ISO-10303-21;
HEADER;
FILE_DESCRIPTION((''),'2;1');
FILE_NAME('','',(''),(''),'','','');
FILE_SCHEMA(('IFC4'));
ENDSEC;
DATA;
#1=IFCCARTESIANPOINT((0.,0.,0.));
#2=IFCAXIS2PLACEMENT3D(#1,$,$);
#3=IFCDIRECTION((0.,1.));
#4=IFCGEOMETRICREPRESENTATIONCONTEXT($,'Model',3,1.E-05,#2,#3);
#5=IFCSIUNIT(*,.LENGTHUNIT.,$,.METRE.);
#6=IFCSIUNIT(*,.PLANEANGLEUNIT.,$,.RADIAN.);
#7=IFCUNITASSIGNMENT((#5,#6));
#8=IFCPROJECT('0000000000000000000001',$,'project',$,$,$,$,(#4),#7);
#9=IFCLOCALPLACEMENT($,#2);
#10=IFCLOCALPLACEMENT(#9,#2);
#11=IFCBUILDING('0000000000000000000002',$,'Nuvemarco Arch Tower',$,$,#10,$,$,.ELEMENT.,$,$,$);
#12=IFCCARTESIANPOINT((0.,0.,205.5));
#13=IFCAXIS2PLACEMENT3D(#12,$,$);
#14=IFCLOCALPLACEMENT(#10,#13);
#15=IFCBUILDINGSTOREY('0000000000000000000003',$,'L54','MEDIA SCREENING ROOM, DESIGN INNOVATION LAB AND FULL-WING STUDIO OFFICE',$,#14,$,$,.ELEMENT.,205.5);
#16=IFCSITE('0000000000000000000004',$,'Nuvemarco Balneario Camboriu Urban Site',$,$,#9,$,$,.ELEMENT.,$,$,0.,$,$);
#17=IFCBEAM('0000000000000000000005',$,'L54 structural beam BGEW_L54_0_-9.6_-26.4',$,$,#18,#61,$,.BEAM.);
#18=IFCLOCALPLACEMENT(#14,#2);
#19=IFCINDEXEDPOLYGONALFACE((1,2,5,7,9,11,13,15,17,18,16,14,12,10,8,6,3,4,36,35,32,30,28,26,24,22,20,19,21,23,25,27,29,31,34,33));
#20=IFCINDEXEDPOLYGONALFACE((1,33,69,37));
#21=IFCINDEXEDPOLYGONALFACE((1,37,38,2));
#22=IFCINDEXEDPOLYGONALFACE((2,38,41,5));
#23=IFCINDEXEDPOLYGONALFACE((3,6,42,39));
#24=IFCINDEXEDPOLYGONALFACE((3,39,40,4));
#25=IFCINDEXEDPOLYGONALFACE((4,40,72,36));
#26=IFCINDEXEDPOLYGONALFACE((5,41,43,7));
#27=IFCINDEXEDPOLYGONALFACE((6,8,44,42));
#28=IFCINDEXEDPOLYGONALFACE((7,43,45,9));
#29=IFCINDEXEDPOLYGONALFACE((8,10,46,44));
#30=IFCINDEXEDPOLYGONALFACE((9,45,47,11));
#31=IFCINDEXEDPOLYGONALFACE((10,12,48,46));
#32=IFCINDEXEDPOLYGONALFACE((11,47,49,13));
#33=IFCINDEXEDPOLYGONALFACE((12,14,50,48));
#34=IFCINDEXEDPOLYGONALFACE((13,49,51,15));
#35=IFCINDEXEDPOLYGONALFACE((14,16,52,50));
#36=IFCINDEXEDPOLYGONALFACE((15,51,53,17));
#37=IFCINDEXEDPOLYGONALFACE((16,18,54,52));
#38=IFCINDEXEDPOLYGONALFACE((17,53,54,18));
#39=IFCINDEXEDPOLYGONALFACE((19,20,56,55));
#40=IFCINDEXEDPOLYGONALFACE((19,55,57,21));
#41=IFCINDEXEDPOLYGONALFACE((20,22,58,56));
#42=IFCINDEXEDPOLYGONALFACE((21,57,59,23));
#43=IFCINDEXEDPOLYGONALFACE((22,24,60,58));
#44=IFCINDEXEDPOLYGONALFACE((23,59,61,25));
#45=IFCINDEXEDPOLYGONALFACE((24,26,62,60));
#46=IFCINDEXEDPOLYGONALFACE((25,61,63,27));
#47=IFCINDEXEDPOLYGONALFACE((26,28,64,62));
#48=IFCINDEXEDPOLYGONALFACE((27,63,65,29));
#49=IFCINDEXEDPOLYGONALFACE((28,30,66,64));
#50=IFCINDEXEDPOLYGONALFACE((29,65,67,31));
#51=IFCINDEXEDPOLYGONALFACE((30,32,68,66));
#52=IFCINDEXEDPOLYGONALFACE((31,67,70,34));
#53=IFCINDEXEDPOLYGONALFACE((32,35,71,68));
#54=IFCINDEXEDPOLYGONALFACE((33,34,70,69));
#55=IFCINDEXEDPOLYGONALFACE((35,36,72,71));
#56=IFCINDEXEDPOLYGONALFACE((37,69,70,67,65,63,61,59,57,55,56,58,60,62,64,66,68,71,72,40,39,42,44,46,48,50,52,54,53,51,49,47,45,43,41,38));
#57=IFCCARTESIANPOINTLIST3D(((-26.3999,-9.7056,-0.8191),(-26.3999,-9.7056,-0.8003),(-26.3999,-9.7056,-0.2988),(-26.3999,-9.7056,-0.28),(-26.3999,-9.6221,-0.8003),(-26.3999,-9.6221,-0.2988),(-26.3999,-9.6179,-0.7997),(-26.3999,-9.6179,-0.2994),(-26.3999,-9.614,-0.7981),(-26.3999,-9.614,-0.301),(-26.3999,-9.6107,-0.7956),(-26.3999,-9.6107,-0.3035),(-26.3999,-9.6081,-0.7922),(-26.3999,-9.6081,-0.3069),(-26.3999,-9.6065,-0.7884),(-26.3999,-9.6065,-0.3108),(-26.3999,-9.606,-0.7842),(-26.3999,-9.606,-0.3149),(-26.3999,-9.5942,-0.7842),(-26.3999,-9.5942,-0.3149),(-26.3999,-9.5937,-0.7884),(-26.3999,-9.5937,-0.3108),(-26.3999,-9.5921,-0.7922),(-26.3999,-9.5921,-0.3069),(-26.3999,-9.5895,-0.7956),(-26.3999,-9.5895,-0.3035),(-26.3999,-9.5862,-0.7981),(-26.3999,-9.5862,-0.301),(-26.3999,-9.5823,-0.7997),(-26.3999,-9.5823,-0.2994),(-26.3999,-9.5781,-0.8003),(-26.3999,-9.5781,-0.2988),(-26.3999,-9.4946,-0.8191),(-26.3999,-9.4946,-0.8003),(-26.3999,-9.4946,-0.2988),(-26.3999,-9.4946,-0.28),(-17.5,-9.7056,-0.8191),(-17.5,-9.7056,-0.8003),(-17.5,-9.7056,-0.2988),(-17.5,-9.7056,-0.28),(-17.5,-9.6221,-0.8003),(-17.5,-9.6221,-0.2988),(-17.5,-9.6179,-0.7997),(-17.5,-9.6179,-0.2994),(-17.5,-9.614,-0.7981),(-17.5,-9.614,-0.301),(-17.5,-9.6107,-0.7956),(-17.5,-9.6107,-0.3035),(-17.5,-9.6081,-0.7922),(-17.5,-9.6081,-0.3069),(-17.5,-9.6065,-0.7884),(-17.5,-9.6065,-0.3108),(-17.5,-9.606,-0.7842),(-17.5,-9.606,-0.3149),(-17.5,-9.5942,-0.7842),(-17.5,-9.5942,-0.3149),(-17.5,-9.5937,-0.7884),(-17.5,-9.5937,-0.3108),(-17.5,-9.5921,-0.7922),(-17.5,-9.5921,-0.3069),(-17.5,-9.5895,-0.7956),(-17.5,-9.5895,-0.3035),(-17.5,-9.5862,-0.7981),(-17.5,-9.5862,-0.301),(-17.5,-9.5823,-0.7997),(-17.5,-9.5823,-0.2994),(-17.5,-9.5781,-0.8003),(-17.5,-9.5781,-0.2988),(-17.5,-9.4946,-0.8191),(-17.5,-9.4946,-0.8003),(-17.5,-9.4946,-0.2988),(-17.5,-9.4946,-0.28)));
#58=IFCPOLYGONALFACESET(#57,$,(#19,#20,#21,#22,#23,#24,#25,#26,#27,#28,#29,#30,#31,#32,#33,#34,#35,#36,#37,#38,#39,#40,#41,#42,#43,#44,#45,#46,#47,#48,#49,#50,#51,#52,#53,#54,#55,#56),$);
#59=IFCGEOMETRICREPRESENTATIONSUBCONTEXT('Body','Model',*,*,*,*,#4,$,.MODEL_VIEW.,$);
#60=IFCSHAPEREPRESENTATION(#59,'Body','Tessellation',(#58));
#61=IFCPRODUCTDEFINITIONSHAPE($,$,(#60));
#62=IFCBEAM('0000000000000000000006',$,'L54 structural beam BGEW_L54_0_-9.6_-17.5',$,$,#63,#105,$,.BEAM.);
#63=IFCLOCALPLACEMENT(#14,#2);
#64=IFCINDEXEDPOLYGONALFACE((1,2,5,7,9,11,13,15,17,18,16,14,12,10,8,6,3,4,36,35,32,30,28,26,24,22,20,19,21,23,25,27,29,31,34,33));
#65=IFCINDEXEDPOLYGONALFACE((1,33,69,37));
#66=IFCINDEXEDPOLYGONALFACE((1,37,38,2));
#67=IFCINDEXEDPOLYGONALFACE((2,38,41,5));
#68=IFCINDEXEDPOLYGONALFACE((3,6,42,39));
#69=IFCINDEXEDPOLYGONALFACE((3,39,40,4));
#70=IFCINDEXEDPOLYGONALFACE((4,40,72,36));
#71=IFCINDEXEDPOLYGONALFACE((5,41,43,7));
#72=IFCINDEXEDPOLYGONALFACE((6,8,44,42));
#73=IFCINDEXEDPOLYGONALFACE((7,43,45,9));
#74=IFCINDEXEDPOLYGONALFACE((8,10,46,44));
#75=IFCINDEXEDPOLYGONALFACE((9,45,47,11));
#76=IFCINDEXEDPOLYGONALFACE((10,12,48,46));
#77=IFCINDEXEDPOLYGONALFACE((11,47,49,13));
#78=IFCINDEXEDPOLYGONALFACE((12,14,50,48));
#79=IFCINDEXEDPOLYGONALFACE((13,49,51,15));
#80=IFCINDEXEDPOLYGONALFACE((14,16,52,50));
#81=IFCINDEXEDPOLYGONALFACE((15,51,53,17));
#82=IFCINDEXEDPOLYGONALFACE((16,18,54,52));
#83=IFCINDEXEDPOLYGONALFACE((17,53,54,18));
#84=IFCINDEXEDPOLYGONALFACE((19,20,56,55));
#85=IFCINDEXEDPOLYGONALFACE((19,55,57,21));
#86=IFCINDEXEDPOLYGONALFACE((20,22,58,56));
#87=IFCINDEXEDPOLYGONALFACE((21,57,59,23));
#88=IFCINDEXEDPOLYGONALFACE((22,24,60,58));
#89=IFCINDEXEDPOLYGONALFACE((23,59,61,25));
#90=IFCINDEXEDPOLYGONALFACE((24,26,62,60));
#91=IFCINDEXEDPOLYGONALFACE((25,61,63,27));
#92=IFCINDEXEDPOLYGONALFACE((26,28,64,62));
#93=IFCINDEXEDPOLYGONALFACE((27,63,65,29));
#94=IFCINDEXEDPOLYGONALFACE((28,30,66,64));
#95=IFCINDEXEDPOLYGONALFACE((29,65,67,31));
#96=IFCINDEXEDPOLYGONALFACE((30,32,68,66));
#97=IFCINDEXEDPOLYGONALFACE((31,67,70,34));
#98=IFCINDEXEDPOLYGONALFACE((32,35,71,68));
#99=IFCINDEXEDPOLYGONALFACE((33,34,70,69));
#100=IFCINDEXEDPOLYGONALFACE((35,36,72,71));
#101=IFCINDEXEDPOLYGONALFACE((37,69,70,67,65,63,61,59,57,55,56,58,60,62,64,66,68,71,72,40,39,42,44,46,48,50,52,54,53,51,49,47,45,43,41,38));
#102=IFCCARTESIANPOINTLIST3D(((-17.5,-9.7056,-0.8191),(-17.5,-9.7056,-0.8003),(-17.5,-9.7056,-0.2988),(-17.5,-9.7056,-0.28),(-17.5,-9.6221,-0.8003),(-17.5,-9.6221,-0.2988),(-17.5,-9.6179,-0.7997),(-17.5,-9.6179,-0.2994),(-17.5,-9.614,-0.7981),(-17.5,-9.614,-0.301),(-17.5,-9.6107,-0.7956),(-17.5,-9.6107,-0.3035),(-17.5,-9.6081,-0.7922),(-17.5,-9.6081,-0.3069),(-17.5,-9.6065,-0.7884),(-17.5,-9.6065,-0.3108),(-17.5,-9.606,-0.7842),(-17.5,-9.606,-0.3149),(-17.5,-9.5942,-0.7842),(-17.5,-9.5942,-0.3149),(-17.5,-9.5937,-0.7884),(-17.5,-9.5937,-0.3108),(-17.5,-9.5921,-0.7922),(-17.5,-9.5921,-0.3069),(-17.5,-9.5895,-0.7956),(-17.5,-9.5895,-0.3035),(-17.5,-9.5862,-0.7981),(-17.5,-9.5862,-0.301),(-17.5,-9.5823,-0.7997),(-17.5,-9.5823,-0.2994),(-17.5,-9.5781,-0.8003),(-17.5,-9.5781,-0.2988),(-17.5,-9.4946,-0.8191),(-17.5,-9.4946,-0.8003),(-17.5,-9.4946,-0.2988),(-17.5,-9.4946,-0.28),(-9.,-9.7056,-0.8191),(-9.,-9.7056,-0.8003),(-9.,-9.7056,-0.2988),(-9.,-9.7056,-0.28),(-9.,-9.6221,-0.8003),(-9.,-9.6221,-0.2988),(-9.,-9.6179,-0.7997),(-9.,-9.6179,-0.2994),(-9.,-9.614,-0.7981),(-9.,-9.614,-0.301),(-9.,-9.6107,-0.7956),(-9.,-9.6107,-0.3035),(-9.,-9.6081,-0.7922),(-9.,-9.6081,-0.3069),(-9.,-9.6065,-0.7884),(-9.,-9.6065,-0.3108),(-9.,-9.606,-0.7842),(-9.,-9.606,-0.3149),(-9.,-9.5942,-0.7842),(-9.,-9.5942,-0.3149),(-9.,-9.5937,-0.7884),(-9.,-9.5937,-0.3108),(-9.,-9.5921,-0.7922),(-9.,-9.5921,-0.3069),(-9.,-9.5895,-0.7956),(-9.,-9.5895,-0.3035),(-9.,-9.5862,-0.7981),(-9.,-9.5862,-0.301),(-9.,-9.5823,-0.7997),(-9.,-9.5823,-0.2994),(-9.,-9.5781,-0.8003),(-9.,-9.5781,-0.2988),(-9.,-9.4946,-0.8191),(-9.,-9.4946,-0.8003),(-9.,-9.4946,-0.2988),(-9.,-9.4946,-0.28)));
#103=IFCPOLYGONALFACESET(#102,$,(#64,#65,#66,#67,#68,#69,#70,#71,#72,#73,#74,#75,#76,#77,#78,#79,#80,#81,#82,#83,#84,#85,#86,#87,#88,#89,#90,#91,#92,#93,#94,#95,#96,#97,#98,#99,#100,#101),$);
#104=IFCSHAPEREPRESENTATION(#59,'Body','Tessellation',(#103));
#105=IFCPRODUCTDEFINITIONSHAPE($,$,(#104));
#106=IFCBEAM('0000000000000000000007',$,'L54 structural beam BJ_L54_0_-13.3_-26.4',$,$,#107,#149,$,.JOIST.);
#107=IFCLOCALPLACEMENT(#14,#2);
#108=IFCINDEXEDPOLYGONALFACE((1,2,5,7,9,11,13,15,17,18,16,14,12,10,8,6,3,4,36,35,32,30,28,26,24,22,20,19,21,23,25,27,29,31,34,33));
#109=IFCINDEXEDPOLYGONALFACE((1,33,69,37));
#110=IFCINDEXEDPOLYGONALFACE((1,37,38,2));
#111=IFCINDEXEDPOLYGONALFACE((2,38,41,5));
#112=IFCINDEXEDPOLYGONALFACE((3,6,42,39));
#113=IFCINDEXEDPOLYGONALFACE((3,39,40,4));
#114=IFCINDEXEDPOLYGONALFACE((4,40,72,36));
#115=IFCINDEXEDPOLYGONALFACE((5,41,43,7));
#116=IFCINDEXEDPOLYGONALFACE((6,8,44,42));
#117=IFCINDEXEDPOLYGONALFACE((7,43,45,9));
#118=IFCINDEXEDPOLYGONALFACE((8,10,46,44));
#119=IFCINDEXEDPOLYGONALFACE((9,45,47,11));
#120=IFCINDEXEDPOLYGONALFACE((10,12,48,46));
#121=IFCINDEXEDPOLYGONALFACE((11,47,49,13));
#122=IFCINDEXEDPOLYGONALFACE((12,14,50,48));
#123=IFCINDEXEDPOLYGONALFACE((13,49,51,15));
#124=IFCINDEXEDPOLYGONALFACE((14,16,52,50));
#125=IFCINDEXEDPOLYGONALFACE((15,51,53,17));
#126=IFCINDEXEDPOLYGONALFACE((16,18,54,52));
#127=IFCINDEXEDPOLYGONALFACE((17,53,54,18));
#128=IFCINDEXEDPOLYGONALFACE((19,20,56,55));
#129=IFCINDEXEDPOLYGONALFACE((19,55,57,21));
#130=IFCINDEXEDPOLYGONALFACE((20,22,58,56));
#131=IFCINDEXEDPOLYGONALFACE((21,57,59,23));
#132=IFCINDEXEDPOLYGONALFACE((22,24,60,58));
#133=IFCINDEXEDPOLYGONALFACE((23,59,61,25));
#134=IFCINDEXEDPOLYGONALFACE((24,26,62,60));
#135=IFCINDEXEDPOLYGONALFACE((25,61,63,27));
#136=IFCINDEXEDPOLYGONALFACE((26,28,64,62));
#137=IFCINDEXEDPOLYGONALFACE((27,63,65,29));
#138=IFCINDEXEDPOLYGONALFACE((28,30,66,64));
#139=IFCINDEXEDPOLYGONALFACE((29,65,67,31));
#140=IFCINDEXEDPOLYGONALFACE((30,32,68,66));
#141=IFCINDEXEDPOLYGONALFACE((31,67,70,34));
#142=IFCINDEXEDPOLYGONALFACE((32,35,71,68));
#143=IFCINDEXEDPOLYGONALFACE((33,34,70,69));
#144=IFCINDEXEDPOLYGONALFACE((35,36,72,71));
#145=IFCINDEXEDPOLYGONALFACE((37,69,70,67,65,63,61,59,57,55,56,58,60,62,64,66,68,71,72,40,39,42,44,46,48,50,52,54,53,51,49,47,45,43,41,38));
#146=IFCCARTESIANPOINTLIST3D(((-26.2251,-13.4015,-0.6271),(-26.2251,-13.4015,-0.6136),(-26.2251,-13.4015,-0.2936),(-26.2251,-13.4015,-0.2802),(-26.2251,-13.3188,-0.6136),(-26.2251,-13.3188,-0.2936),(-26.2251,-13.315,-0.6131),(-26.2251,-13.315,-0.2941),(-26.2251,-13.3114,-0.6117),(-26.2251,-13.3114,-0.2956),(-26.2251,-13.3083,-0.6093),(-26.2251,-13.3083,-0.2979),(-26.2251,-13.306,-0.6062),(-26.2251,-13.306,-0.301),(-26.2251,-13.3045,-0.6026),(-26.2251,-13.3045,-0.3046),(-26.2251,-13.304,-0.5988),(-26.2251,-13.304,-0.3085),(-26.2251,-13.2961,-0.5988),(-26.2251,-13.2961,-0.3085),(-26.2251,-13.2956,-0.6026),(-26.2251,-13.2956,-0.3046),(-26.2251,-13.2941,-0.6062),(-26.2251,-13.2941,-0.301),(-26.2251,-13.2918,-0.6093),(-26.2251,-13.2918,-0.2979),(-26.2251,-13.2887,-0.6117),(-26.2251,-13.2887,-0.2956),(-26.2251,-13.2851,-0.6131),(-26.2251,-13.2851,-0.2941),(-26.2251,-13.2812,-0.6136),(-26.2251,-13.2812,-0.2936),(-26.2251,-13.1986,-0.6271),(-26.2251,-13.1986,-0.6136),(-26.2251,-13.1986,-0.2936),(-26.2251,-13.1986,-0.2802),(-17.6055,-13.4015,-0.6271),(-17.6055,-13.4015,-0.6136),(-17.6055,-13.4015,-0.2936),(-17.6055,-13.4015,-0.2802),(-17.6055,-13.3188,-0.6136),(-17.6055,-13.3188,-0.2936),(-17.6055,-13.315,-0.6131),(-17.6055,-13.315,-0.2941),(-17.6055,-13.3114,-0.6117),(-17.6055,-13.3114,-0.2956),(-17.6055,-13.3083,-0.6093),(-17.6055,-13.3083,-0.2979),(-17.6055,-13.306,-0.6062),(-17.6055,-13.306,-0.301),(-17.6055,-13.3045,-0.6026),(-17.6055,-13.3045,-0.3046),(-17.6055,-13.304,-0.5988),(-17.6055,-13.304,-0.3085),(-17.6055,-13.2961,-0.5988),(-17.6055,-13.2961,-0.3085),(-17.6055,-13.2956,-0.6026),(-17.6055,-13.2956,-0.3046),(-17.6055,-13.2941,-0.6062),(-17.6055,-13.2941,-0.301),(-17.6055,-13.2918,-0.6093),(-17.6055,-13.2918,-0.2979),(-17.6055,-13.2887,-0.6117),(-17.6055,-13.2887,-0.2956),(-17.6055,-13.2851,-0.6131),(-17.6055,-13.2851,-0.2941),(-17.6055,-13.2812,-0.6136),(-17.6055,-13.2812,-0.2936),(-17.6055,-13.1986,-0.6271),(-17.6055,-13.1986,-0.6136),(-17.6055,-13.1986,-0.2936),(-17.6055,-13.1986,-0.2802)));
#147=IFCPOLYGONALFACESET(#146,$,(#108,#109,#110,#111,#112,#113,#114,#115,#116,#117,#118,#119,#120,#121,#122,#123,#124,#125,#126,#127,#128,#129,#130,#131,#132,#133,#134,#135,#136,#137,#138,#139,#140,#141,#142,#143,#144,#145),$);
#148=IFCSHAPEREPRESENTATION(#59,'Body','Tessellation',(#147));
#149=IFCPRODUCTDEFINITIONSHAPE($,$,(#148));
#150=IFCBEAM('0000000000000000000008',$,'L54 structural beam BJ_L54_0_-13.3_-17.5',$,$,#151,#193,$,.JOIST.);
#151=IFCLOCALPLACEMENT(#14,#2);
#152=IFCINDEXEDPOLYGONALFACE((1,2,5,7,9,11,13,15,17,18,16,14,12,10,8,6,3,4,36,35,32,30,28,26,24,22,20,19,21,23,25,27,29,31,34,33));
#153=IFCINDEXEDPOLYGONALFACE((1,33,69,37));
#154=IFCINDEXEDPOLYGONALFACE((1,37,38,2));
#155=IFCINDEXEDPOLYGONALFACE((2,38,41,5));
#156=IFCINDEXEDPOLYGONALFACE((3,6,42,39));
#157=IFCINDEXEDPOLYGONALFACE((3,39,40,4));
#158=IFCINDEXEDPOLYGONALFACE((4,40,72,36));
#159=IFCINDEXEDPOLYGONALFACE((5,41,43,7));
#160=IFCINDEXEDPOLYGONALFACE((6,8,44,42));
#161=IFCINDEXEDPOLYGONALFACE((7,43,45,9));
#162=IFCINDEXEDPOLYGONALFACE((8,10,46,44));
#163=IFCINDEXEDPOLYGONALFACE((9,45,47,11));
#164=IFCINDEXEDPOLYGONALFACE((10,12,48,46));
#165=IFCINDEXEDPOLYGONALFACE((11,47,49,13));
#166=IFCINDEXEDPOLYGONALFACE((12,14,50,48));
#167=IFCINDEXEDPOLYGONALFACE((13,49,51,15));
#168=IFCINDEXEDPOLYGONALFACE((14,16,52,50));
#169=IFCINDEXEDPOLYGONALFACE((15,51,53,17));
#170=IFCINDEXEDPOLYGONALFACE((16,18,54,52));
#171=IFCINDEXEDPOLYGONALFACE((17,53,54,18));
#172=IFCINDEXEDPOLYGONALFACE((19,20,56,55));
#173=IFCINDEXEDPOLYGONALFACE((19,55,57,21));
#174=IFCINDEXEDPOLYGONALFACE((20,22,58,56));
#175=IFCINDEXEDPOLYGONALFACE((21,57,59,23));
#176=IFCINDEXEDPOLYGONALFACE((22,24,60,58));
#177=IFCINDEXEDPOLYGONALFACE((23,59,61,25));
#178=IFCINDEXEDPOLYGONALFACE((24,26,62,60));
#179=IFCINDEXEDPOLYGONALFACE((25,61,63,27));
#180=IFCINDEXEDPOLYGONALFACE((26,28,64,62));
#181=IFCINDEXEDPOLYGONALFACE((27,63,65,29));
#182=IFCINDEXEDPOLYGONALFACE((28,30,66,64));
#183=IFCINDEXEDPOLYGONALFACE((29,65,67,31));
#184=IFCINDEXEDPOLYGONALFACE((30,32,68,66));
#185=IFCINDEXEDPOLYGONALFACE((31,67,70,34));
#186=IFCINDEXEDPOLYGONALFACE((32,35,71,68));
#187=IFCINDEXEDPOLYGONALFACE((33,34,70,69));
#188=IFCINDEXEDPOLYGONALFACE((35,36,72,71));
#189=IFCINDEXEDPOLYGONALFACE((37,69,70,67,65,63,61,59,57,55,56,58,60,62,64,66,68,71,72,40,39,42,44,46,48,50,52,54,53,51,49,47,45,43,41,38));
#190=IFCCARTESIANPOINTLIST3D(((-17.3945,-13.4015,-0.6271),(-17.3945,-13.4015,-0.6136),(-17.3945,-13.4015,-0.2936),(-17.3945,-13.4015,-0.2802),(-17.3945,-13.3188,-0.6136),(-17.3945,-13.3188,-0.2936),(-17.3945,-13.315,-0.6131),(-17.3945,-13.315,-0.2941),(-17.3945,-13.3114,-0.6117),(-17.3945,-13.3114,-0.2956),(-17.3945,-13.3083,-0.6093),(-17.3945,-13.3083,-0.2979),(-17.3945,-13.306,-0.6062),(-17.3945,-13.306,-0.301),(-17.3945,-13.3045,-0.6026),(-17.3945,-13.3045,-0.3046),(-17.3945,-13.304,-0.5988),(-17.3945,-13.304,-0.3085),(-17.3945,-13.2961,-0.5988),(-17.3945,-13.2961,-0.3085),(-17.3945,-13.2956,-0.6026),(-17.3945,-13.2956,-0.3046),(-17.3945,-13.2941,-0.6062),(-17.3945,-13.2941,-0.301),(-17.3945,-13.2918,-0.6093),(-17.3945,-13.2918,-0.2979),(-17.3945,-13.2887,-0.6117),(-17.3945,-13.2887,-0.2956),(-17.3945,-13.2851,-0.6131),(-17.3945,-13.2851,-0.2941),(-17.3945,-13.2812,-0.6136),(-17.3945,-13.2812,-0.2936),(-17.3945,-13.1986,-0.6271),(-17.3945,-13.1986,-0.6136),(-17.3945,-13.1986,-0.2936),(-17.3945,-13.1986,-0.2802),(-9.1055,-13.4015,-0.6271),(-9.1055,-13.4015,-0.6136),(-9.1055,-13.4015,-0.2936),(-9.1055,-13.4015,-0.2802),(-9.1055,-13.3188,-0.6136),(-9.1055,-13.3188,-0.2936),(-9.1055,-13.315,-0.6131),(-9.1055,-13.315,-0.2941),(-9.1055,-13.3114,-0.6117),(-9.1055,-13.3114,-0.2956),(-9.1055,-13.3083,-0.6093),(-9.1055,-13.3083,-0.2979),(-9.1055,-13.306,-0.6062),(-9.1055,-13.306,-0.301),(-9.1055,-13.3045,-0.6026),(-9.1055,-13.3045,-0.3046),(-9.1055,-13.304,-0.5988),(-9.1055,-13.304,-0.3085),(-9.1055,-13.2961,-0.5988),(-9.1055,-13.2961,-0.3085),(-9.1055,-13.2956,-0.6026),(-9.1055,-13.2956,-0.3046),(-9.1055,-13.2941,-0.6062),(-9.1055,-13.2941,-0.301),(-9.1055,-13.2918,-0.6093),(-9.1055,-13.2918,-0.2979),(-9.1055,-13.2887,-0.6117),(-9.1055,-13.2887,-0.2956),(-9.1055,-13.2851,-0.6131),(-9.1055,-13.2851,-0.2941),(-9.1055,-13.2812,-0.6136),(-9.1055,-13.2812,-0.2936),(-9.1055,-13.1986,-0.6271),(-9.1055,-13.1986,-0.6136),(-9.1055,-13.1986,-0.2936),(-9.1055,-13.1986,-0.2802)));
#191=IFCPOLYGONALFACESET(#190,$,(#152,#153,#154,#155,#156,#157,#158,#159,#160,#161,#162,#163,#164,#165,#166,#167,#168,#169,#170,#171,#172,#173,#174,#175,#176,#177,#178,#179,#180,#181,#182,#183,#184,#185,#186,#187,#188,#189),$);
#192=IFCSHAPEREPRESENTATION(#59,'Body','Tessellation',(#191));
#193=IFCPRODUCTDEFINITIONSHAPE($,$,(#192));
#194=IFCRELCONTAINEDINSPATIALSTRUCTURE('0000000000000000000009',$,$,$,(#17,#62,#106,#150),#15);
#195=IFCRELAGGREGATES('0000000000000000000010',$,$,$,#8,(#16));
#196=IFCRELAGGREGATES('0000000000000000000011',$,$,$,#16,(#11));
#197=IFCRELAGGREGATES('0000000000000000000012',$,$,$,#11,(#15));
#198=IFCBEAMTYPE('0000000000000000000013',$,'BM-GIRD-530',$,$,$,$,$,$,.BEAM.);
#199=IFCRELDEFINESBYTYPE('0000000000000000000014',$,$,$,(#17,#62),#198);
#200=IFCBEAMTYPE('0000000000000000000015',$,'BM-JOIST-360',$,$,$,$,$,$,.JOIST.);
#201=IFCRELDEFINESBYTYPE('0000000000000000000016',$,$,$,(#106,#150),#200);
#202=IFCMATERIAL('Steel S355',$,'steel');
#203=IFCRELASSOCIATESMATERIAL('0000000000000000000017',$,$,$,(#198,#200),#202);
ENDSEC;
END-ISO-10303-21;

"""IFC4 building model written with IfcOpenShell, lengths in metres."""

from ifc_helpers import new_model, si_unit, direction, frame, origin, origin_2d, place, context, subcontext, project, spatial, i_section, extrude, material, material_profile, profile_set, type_object, element, save


model = new_model("IFC4")

# Units and contexts
model_context = context("Model", 3, precision=1e-05, world=origin(), true_north=direction((0.0, 1.0)))
body_context = subcontext(model_context, "Body", "Model", "MODEL_VIEW")
ifc_project = project(units=[si_unit("LENGTHUNIT", "METRE"), si_unit("PLANEANGLEUNIT", "RADIAN")], contexts=[model_context])

# Site, building, storey
site_placement = place(None, origin())
site = spatial("IfcSite", under=ifc_project, at=site_placement, Name="Nuvemarco Balneario Camboriu Urban Site", CompositionType="ELEMENT", RefElevation=0.0)
building_placement = place(site_placement, origin())
building = spatial("IfcBuilding", under=site, at=building_placement, Name="Nuvemarco Arch Tower", CompositionType="ELEMENT")
storey_placement = place(building_placement, frame((0.0, 0.0, 205.5)))
storey = spatial("IfcBuildingStorey", under=building, at=storey_placement, Name="L54", Description="MEDIA SCREENING ROOM, DESIGN INNOVATION LAB AND FULL-WING STUDIO OFFICE", CompositionType="ELEMENT", Elevation=205.5)

# Shared definitions
ifc_material_1 = material(Name="Steel S355", Category="steel")

# Beams
ifc_material_profile_1 = material_profile(ifc_material_1, i_section(OverallWidth=0.2109, OverallDepth=0.5391, WebThickness=0.0117, FlangeThickness=0.0188, FilletRadius=0.0161, at=origin_2d()), Name="W530x109")
ifc_profile_set_1 = profile_set([ifc_material_profile_1], Name="Steel S355")
beam_type_1 = type_object("IfcBeamType", Name="BM-GIRD-530", PredefinedType="BEAM", material=ifc_profile_set_1)
beam_1_placement = place(storey_placement, frame((-26.3999, -9.6001, -0.5496), z_axis=(1.0, 0.0, 0.0), x_axis=(0.0, 1.0, 0.0)))
element("IfcBeam", 1, at=beam_1_placement, inside=storey, type_object=beam_type_1, Name="L54 structural beam BGEW_L54_0_-9.6_-26.4", PredefinedType="BEAM", context=body_context, shape_type="SweptSolid", body=[
    extrude(i_section(OverallWidth=0.2109, OverallDepth=0.5391, WebThickness=0.0117, FlangeThickness=0.0188, FilletRadius=0.0161, at=origin_2d()), origin(), (0.0, 0.0, 1.0), 8.8999),
])
beam_2_placement = place(storey_placement, frame((-17.5, -9.6001, -0.5496), z_axis=(1.0, 0.0, 0.0), x_axis=(0.0, 1.0, 0.0)))
element("IfcBeam", 2, at=beam_2_placement, inside=storey, type_object=beam_type_1, Name="L54 structural beam BGEW_L54_0_-9.6_-17.5", PredefinedType="BEAM", context=body_context, shape_type="SweptSolid", body=[
    extrude(i_section(OverallWidth=0.2109, OverallDepth=0.5391, WebThickness=0.0117, FlangeThickness=0.0188, FilletRadius=0.0161, at=origin_2d()), origin(), (0.0, 0.0, 1.0), 8.5),
])
ifc_material_profile_2 = material_profile(ifc_material_1, i_section(OverallWidth=0.2029, OverallDepth=0.3469, WebThickness=0.0078, FlangeThickness=0.0134, FilletRadius=0.0149, at=origin_2d()), Name="W360x64")
ifc_profile_set_2 = profile_set([ifc_material_profile_2], Name="Steel S355")
beam_type_2 = type_object("IfcBeamType", Name="BM-JOIST-360", PredefinedType="JOIST", material=ifc_profile_set_2)
beam_3_placement = place(storey_placement, frame((-26.2251, -13.3, -0.4536), z_axis=(1.0, 0.0, 0.0), x_axis=(0.0, 1.0, 0.0)))
element("IfcBeam", 3, at=beam_3_placement, inside=storey, type_object=beam_type_2, Name="L54 structural beam BJ_L54_0_-13.3_-26.4", PredefinedType="JOIST", context=body_context, shape_type="SweptSolid", body=[
    extrude(i_section(OverallWidth=0.2029, OverallDepth=0.3469, WebThickness=0.0078, FlangeThickness=0.0134, FilletRadius=0.0149, at=origin_2d()), origin(), (0.0, 0.0, 1.0), 8.6196),
])
beam_4_placement = place(storey_placement, frame((-17.3945, -13.3, -0.4536), z_axis=(1.0, 0.0, 0.0), x_axis=(0.0, 1.0, 0.0)))
element("IfcBeam", 4, at=beam_4_placement, inside=storey, type_object=beam_type_2, Name="L54 structural beam BJ_L54_0_-13.3_-17.5", PredefinedType="JOIST", context=body_context, shape_type="SweptSolid", body=[
    extrude(i_section(OverallWidth=0.2029, OverallDepth=0.3469, WebThickness=0.0078, FlangeThickness=0.0134, FilletRadius=0.0149, at=origin_2d()), origin(), (0.0, 0.0, 1.0), 8.2891),
])

save(model, "model.ifc")
